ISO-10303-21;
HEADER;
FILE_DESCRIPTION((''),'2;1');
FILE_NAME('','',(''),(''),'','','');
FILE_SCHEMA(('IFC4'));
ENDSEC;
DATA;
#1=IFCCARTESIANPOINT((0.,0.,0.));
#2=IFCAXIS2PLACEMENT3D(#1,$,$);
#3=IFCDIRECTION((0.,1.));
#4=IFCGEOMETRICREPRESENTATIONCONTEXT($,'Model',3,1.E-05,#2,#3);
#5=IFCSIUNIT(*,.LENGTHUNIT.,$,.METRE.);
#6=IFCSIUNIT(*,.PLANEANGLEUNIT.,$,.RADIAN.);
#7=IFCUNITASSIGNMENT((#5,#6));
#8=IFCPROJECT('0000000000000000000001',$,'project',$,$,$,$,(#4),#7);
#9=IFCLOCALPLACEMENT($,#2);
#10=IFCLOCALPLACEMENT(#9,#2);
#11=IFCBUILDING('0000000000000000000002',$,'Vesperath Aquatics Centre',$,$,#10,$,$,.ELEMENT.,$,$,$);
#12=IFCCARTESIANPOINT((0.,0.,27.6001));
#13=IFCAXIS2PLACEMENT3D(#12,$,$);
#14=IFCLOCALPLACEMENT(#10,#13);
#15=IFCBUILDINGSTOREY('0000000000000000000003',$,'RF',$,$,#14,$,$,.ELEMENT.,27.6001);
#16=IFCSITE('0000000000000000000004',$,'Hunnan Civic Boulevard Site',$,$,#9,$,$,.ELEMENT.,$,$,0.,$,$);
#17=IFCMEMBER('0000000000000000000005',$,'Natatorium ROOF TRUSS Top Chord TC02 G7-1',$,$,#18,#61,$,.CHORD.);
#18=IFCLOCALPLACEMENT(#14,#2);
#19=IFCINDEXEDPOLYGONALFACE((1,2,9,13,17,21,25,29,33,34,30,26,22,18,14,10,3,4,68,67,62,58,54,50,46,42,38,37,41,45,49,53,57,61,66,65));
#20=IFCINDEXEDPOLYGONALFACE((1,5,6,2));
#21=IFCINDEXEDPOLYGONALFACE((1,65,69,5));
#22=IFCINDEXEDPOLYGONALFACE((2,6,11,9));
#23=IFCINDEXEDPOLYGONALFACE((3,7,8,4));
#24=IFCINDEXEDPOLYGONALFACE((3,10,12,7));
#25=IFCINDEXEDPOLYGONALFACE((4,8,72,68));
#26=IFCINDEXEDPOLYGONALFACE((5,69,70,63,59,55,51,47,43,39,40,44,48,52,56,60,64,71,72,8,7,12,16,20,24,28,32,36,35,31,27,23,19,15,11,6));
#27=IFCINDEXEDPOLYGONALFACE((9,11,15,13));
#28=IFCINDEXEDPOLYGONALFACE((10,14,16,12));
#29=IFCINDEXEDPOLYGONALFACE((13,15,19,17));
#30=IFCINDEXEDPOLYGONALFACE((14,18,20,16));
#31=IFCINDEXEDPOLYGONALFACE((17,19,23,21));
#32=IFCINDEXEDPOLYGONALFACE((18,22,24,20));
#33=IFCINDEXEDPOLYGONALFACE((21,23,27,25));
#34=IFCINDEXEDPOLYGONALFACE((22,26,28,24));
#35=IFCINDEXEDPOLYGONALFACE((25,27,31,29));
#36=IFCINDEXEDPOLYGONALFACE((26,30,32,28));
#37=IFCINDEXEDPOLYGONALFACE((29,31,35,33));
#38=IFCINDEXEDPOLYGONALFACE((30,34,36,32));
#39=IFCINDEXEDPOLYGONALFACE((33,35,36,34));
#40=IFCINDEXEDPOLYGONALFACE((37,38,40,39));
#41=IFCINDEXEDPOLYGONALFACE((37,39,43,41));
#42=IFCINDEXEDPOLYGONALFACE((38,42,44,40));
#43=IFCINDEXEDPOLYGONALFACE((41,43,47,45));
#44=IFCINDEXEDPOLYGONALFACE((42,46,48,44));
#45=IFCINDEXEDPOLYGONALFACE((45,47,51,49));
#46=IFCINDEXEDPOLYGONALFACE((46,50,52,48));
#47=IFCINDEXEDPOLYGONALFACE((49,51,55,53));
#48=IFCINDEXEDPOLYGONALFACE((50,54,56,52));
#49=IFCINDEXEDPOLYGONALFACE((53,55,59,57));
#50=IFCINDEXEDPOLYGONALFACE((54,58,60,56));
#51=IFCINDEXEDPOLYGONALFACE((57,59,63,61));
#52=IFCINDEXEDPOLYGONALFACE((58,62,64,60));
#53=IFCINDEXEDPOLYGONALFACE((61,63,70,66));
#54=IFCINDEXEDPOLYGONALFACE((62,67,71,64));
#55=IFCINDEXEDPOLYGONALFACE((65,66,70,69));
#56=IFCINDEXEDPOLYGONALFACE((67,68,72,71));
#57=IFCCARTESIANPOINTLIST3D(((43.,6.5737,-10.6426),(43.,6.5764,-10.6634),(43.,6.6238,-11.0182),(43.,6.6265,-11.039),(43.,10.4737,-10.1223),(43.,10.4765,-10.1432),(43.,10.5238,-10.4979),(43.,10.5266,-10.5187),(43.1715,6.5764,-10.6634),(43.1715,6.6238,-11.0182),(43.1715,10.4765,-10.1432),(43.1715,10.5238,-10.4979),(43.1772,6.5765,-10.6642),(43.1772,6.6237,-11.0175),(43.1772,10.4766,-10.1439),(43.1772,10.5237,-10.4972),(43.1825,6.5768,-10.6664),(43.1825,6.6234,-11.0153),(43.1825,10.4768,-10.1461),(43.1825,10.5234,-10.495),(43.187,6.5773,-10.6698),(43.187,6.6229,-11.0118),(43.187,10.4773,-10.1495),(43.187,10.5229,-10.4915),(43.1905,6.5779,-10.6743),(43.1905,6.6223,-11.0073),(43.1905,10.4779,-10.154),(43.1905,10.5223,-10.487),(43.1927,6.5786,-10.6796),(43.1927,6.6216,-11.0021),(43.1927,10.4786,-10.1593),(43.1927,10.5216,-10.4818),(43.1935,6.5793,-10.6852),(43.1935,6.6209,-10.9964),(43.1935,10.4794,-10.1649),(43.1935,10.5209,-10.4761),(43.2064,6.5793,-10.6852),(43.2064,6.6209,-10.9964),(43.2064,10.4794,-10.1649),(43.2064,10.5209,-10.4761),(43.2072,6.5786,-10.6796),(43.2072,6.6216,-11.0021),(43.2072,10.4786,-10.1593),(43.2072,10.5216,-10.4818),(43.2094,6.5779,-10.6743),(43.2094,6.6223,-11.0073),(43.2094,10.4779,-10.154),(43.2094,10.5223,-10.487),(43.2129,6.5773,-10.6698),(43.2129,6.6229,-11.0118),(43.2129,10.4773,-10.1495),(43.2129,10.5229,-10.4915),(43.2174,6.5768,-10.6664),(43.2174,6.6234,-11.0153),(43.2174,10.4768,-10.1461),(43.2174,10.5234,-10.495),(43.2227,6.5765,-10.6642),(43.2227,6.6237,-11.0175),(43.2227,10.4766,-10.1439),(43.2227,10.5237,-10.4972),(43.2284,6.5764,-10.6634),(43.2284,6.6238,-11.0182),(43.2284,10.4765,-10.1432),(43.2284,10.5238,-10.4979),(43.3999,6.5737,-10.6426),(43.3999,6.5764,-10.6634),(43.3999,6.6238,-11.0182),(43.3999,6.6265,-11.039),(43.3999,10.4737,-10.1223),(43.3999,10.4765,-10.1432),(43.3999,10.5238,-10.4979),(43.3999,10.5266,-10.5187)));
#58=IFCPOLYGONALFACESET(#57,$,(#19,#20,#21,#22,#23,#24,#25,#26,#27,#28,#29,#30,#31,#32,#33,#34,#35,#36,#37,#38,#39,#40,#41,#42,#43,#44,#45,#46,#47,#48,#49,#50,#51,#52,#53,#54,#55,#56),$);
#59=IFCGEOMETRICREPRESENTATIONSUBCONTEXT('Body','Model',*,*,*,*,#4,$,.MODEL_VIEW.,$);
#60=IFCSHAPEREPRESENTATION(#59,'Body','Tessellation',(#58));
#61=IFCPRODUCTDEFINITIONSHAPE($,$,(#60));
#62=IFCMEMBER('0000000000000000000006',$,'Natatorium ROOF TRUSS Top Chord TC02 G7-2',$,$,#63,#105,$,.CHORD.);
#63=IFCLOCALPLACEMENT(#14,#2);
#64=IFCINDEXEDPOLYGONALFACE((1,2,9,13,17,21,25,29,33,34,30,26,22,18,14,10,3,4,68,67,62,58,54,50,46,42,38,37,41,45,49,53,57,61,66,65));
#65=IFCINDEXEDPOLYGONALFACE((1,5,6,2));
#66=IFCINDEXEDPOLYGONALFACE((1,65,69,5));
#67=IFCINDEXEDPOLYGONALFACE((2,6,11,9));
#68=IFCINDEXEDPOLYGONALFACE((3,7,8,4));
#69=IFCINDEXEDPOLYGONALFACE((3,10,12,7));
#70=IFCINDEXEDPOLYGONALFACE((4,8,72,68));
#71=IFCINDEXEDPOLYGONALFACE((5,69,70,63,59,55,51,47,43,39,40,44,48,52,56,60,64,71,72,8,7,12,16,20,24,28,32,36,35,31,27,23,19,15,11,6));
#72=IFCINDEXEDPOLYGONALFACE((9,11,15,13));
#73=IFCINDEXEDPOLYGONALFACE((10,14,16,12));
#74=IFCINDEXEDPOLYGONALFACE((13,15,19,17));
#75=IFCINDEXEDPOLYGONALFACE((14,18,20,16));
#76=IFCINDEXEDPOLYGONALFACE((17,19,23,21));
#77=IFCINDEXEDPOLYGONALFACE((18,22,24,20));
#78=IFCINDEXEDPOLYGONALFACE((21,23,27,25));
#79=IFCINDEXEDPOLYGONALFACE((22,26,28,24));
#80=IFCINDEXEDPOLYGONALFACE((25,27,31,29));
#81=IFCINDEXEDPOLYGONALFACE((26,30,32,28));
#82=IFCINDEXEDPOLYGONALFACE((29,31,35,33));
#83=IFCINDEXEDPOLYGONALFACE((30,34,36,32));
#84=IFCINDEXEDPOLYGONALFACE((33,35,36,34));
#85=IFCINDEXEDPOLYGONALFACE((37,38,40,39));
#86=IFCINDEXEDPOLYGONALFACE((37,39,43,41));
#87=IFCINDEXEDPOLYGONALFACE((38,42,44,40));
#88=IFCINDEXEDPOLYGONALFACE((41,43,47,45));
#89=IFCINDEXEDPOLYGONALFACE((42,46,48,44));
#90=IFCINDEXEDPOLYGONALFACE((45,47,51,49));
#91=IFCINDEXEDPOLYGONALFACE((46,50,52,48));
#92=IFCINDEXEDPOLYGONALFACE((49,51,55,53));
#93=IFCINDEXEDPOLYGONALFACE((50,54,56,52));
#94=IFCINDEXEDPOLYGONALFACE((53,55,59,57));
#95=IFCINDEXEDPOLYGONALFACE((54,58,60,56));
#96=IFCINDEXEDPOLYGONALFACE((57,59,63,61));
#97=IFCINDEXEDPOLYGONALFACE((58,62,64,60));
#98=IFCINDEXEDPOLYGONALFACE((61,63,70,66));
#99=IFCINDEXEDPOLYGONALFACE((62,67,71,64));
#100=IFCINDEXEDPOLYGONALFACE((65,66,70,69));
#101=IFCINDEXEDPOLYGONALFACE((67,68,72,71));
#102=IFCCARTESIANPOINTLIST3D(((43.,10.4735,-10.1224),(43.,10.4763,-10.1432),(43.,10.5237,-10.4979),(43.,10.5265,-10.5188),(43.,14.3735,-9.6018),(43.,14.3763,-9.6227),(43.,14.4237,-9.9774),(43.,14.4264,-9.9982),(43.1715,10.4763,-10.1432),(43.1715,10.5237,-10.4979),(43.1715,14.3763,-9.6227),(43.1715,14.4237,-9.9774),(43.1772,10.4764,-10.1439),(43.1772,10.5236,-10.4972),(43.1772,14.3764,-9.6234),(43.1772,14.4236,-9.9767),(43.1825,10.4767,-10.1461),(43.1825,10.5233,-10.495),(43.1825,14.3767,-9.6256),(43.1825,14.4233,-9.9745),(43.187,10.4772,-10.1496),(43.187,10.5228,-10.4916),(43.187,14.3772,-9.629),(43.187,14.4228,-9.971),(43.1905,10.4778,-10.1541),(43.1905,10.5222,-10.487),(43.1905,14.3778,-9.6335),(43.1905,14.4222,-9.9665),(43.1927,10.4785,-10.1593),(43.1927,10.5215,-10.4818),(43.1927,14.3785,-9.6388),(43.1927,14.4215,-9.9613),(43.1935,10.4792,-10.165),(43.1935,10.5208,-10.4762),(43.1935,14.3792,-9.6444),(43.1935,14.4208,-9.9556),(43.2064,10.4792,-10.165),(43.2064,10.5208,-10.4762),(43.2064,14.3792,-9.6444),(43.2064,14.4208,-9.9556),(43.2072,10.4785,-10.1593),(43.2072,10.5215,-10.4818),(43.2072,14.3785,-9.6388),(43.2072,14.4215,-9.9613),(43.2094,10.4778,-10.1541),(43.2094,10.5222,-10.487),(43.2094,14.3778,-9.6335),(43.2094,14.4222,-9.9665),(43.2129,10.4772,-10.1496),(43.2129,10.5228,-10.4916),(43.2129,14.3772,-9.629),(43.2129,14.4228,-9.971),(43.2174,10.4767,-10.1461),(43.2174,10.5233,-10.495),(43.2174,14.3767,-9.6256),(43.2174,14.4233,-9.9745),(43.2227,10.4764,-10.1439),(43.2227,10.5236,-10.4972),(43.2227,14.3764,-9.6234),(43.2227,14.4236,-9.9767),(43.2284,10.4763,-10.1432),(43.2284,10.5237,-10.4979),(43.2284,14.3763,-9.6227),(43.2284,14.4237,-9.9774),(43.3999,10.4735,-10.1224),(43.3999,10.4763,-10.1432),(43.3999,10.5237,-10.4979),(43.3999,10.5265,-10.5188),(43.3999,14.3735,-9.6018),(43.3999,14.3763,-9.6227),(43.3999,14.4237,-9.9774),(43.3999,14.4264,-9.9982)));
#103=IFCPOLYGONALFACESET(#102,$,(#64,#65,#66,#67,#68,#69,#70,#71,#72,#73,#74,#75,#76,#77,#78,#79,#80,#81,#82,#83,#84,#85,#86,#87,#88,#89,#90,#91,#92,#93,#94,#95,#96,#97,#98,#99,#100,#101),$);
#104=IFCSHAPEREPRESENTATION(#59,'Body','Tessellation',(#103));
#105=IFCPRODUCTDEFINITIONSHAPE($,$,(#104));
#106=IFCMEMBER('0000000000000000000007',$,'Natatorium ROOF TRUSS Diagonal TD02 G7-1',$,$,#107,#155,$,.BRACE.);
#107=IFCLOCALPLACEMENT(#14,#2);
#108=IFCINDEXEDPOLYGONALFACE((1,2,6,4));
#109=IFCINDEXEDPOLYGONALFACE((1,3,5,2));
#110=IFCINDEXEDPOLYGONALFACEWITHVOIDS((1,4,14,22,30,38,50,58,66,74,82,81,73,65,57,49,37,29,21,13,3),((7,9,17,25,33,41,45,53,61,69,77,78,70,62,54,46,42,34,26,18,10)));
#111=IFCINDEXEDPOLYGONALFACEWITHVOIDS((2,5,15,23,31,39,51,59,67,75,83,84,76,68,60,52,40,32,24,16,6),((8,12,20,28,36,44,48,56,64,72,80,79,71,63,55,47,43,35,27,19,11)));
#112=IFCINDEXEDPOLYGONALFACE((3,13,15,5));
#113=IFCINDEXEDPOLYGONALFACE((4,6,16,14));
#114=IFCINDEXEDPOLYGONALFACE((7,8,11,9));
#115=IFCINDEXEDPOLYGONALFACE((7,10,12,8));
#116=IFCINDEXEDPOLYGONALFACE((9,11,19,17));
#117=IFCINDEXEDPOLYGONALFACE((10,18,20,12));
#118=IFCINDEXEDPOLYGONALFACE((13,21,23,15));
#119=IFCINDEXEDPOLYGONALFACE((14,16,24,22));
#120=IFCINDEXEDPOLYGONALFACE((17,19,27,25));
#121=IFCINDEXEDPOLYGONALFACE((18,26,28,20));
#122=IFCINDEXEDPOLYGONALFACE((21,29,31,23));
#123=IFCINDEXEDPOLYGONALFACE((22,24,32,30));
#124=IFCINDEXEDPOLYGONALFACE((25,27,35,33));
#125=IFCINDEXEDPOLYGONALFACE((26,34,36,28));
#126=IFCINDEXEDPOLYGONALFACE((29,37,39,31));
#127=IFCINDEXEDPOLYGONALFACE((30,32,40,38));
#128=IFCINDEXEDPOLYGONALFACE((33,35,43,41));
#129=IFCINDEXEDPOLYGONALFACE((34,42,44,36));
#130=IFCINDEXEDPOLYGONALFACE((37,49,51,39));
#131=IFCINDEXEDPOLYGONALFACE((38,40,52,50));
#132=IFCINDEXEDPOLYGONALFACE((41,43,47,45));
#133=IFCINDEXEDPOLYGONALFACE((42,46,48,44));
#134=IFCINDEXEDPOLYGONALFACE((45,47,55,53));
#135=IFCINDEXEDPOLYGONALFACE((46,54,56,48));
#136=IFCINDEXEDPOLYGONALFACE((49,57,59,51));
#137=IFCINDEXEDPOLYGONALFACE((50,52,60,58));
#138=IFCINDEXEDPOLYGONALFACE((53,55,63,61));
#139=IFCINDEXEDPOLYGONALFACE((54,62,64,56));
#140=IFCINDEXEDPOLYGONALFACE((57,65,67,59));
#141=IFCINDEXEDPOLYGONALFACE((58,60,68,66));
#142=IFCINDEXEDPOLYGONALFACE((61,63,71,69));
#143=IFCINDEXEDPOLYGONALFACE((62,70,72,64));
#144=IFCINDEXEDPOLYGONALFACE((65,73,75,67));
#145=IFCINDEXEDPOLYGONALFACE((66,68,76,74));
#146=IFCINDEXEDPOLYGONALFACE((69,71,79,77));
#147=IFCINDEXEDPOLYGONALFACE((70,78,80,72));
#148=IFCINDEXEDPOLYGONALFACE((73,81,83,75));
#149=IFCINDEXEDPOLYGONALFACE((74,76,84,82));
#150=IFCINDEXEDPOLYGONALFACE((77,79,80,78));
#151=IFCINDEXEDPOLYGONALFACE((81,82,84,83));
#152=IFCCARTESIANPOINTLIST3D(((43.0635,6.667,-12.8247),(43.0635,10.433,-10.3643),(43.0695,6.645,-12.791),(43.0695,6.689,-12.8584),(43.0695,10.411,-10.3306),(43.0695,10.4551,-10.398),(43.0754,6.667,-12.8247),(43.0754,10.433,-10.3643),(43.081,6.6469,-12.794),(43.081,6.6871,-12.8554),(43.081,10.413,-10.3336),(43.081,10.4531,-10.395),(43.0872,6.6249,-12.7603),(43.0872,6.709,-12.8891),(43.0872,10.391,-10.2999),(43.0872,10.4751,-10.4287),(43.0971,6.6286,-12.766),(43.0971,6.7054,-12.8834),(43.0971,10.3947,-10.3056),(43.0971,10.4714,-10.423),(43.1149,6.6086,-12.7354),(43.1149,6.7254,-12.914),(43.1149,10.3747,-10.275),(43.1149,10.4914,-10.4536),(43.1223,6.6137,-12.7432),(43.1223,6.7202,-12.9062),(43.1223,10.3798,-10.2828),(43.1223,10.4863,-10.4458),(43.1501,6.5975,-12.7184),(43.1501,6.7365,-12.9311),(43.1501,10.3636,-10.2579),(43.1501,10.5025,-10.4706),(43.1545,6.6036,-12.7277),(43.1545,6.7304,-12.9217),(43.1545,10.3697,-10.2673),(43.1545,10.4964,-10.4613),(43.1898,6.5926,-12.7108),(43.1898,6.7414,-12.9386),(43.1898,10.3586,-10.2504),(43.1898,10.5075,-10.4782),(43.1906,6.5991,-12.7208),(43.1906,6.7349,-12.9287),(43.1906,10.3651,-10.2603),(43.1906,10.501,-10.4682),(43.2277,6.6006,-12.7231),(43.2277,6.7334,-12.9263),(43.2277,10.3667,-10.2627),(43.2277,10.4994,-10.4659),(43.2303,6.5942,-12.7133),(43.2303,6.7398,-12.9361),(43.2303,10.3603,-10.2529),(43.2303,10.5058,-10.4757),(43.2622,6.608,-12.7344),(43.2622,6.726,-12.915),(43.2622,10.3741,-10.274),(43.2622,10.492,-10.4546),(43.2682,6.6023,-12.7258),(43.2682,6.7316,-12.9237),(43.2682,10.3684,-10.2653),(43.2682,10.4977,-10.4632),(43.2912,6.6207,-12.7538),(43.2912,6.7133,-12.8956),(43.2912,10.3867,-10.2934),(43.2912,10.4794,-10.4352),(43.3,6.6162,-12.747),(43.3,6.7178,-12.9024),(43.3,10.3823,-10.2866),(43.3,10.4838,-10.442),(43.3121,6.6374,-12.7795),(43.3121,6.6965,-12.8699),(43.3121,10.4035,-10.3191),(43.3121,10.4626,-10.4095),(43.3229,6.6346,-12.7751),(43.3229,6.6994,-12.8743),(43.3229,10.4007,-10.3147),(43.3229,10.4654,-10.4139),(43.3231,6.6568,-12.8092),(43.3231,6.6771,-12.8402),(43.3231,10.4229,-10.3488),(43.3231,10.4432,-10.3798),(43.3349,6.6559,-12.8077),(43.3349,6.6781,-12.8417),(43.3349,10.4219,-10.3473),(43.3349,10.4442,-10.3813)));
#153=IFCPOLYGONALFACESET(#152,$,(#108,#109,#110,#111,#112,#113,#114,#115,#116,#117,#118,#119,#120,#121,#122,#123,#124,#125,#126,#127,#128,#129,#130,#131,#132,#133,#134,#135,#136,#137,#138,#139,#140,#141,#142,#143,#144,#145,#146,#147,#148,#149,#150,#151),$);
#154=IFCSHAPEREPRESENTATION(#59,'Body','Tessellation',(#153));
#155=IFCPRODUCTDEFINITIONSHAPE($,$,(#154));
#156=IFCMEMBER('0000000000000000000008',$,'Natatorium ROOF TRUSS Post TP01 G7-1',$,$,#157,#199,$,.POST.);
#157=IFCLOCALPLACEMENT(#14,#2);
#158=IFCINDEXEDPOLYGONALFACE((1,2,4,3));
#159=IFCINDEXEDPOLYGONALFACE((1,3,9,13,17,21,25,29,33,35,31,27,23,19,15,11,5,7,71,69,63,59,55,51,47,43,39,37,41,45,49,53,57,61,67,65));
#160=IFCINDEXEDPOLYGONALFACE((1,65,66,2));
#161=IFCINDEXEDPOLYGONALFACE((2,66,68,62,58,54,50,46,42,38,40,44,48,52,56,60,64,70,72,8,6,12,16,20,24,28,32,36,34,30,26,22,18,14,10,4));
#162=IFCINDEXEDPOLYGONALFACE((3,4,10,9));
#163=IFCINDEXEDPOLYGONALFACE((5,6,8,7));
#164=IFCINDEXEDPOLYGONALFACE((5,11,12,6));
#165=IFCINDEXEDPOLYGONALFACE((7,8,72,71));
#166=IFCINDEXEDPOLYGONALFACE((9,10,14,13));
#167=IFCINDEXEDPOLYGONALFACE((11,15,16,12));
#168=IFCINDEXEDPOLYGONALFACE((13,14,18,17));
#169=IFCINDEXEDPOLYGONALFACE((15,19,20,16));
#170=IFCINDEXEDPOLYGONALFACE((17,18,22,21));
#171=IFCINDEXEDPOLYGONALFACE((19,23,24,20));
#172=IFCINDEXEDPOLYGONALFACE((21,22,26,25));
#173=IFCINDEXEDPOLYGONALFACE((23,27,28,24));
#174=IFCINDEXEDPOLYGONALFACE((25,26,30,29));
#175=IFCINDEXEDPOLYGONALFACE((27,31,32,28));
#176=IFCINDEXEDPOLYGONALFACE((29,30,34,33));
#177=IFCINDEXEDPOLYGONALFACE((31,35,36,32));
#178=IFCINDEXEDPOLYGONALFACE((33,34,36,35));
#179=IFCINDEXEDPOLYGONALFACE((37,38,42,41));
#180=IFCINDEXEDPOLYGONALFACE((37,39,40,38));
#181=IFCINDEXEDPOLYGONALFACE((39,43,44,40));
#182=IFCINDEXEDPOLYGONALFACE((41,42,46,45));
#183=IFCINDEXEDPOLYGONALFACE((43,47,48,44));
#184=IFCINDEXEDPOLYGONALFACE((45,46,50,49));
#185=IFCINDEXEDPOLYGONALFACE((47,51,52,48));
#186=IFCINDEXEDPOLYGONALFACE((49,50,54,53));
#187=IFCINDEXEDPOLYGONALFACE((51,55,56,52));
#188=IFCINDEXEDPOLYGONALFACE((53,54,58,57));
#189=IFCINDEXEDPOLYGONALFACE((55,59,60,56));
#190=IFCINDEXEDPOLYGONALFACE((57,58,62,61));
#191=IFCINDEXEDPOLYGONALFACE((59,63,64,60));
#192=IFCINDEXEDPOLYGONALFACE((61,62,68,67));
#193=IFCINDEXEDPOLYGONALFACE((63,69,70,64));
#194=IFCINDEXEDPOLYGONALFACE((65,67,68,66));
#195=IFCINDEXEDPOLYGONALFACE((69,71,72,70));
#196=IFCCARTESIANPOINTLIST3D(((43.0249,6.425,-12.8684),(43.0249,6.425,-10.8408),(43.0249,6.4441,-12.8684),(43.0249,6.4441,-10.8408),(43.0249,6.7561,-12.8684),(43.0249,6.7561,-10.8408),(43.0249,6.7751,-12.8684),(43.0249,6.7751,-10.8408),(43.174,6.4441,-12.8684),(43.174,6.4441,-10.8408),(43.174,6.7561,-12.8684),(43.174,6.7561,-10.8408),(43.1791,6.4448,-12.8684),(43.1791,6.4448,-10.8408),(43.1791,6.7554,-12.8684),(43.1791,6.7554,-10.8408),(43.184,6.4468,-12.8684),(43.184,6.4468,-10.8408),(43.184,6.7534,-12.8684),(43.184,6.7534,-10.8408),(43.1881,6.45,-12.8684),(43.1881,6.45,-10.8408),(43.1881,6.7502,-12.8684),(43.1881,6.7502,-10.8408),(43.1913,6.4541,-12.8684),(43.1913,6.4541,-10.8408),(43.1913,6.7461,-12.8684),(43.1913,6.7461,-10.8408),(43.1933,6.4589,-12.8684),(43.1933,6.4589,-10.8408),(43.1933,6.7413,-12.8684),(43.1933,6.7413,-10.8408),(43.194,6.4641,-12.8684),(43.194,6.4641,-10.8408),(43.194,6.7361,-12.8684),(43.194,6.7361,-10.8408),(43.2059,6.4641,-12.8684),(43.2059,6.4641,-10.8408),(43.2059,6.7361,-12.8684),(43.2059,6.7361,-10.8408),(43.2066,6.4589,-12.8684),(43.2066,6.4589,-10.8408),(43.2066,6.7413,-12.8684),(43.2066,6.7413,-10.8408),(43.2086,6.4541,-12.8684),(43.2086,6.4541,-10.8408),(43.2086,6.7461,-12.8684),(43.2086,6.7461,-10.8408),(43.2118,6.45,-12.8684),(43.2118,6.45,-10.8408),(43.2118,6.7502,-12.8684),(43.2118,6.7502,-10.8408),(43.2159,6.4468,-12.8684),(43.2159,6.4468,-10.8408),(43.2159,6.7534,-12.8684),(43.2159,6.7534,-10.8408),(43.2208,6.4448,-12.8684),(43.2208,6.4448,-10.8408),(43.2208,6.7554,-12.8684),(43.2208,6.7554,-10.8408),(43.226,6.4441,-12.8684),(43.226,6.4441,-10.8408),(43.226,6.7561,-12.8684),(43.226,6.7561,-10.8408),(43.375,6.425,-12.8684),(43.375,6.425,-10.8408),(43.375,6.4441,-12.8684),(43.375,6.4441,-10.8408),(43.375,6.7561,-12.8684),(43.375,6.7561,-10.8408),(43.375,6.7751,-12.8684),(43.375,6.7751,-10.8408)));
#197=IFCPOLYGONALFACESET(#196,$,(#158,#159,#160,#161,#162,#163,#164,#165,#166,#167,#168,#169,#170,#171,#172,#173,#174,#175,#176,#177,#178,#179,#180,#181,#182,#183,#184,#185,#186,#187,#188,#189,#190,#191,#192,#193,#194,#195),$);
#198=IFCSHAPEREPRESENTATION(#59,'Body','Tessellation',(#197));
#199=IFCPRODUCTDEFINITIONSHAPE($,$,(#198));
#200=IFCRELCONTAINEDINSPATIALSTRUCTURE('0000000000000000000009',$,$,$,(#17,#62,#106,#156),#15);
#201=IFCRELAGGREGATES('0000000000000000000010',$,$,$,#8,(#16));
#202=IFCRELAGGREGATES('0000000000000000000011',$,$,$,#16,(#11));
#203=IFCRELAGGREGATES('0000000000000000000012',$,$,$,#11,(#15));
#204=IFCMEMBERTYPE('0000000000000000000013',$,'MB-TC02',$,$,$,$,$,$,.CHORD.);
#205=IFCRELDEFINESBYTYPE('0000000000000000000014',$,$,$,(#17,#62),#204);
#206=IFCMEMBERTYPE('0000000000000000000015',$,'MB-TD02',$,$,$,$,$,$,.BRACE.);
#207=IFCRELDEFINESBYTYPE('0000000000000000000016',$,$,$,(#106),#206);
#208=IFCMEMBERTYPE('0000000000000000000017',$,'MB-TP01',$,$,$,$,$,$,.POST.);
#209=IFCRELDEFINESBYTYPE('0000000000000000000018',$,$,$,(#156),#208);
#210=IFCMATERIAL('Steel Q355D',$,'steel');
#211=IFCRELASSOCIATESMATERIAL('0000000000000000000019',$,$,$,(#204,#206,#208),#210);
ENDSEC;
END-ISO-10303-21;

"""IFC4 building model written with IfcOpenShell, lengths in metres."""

from ifc_helpers import new_model, si_unit, direction, frame, origin, origin_2d, place, context, subcontext, project, spatial, hollow_circle, i_section, extrude, material, material_profile, profile_set, type_object, element, save


model = new_model("IFC4")

# Units and contexts
model_context = context("Model", 3, precision=1e-05, world=origin(), true_north=direction((0.0, 1.0)))
body_context = subcontext(model_context, "Body", "Model", "MODEL_VIEW")
ifc_project = project(units=[si_unit("LENGTHUNIT", "METRE"), si_unit("PLANEANGLEUNIT", "RADIAN")], contexts=[model_context])

# Site, building, storey
site_placement = place(None, origin())
site = spatial("IfcSite", under=ifc_project, at=site_placement, Name="Hunnan Civic Boulevard Site", CompositionType="ELEMENT", RefElevation=0.0)
building_placement = place(site_placement, origin())
building = spatial("IfcBuilding", under=site, at=building_placement, Name="Vesperath Aquatics Centre", CompositionType="ELEMENT")
storey_placement = place(building_placement, frame((0.0, 0.0, 27.6001)))
storey = spatial("IfcBuildingStorey", under=building, at=storey_placement, Name="RF", CompositionType="ELEMENT", Elevation=27.6001)

# Members
ifc_material_1 = material(Name="Steel Q355D", Category="steel")
ifc_material_profile_1 = material_profile(ifc_material_1, i_section(OverallWidth=0.3999, OverallDepth=0.3999, WebThickness=0.0129, FlangeThickness=0.021, FilletRadius=0.022, at=origin_2d()), Name="HW 400x400x13x21")
ifc_profile_set_1 = profile_set([ifc_material_profile_1], Name="Steel Q355D")
member_type_1 = type_object("IfcMemberType", Name="MB-TC02", PredefinedType="CHORD", material=ifc_profile_set_1)
for number, where, z_axis, x_axis, name in (
    (1, (43.2, 6.6001, -10.8408), (0.0, 0.991219, 0.132233), (-1.0, 0.0, 0.0), "Natatorium ROOF TRUSS Top Chord TC02 G7-1"),
    (2, (43.2, 10.5, -10.3206), (0.0, 0.991211, 0.132294), (-1.0, 0.0, 0.0), "Natatorium ROOF TRUSS Top Chord TC02 G7-2"),
):
    element("IfcMember", number, at=place(storey_placement, frame(where, z_axis=z_axis, x_axis=x_axis)), inside=storey, type_object=member_type_1, Name=name, PredefinedType="CHORD", context=body_context, shape_type="SweptSolid", body=[
        extrude(i_section(OverallWidth=0.3999, OverallDepth=0.3999, WebThickness=0.0129, FlangeThickness=0.021, FilletRadius=0.022, at=origin_2d()), origin(), (0.0, 0.0, 1.0), 3.9346),
    ])
ifc_material_profile_2 = material_profile(ifc_material_1, hollow_circle(Radius=0.1365, WallThickness=0.012, at=origin_2d()), Name="CHS 273.0x12")
ifc_profile_set_2 = profile_set([ifc_material_profile_2], Name="Steel Q355D")
member_type_2 = type_object("IfcMemberType", Name="MB-TD02", PredefinedType="BRACE", material=ifc_profile_set_2)
member_1_placement = place(storey_placement, frame((43.2, 6.667, -12.8247), z_axis=(0.0, 0.837174, 0.546936), x_axis=(-1.0, 0.0, 0.0)))
element("IfcMember", 3, at=member_1_placement, inside=storey, type_object=member_type_2, Name="Natatorium ROOF TRUSS Diagonal TD02 G7-1", PredefinedType="BRACE", context=body_context, shape_type="SweptSolid", body=[
    extrude(hollow_circle(Radius=0.1365, WallThickness=0.012, at=origin_2d()), origin(), (0.0, 0.0, 1.0), 4.4985),
])
ifc_material_profile_3 = material_profile(ifc_material_1, i_section(OverallWidth=0.3501, OverallDepth=0.3501, WebThickness=0.012, FlangeThickness=0.019, FilletRadius=0.02, at=origin_2d()), Name="HW 350x350x12x19")
ifc_profile_set_3 = profile_set([ifc_material_profile_3], Name="Steel Q355D")
member_type_3 = type_object("IfcMemberType", Name="MB-TP01", PredefinedType="POST", material=ifc_profile_set_3)
member_2_placement = place(storey_placement, frame((43.2, 6.6001, -12.8684), z_axis=(0.0, 0.0, 1.0), x_axis=(1.0, 0.0, 0.0)))
element("IfcMember", 4, at=member_2_placement, inside=storey, type_object=member_type_3, Name="Natatorium ROOF TRUSS Post TP01 G7-1", PredefinedType="POST", context=body_context, shape_type="SweptSolid", body=[
    extrude(i_section(OverallWidth=0.3501, OverallDepth=0.3501, WebThickness=0.012, FlangeThickness=0.019, FilletRadius=0.02, at=origin_2d()), origin(), (0.0, 0.0, 1.0), 2.0276),
])

save(model, "model.ifc")
